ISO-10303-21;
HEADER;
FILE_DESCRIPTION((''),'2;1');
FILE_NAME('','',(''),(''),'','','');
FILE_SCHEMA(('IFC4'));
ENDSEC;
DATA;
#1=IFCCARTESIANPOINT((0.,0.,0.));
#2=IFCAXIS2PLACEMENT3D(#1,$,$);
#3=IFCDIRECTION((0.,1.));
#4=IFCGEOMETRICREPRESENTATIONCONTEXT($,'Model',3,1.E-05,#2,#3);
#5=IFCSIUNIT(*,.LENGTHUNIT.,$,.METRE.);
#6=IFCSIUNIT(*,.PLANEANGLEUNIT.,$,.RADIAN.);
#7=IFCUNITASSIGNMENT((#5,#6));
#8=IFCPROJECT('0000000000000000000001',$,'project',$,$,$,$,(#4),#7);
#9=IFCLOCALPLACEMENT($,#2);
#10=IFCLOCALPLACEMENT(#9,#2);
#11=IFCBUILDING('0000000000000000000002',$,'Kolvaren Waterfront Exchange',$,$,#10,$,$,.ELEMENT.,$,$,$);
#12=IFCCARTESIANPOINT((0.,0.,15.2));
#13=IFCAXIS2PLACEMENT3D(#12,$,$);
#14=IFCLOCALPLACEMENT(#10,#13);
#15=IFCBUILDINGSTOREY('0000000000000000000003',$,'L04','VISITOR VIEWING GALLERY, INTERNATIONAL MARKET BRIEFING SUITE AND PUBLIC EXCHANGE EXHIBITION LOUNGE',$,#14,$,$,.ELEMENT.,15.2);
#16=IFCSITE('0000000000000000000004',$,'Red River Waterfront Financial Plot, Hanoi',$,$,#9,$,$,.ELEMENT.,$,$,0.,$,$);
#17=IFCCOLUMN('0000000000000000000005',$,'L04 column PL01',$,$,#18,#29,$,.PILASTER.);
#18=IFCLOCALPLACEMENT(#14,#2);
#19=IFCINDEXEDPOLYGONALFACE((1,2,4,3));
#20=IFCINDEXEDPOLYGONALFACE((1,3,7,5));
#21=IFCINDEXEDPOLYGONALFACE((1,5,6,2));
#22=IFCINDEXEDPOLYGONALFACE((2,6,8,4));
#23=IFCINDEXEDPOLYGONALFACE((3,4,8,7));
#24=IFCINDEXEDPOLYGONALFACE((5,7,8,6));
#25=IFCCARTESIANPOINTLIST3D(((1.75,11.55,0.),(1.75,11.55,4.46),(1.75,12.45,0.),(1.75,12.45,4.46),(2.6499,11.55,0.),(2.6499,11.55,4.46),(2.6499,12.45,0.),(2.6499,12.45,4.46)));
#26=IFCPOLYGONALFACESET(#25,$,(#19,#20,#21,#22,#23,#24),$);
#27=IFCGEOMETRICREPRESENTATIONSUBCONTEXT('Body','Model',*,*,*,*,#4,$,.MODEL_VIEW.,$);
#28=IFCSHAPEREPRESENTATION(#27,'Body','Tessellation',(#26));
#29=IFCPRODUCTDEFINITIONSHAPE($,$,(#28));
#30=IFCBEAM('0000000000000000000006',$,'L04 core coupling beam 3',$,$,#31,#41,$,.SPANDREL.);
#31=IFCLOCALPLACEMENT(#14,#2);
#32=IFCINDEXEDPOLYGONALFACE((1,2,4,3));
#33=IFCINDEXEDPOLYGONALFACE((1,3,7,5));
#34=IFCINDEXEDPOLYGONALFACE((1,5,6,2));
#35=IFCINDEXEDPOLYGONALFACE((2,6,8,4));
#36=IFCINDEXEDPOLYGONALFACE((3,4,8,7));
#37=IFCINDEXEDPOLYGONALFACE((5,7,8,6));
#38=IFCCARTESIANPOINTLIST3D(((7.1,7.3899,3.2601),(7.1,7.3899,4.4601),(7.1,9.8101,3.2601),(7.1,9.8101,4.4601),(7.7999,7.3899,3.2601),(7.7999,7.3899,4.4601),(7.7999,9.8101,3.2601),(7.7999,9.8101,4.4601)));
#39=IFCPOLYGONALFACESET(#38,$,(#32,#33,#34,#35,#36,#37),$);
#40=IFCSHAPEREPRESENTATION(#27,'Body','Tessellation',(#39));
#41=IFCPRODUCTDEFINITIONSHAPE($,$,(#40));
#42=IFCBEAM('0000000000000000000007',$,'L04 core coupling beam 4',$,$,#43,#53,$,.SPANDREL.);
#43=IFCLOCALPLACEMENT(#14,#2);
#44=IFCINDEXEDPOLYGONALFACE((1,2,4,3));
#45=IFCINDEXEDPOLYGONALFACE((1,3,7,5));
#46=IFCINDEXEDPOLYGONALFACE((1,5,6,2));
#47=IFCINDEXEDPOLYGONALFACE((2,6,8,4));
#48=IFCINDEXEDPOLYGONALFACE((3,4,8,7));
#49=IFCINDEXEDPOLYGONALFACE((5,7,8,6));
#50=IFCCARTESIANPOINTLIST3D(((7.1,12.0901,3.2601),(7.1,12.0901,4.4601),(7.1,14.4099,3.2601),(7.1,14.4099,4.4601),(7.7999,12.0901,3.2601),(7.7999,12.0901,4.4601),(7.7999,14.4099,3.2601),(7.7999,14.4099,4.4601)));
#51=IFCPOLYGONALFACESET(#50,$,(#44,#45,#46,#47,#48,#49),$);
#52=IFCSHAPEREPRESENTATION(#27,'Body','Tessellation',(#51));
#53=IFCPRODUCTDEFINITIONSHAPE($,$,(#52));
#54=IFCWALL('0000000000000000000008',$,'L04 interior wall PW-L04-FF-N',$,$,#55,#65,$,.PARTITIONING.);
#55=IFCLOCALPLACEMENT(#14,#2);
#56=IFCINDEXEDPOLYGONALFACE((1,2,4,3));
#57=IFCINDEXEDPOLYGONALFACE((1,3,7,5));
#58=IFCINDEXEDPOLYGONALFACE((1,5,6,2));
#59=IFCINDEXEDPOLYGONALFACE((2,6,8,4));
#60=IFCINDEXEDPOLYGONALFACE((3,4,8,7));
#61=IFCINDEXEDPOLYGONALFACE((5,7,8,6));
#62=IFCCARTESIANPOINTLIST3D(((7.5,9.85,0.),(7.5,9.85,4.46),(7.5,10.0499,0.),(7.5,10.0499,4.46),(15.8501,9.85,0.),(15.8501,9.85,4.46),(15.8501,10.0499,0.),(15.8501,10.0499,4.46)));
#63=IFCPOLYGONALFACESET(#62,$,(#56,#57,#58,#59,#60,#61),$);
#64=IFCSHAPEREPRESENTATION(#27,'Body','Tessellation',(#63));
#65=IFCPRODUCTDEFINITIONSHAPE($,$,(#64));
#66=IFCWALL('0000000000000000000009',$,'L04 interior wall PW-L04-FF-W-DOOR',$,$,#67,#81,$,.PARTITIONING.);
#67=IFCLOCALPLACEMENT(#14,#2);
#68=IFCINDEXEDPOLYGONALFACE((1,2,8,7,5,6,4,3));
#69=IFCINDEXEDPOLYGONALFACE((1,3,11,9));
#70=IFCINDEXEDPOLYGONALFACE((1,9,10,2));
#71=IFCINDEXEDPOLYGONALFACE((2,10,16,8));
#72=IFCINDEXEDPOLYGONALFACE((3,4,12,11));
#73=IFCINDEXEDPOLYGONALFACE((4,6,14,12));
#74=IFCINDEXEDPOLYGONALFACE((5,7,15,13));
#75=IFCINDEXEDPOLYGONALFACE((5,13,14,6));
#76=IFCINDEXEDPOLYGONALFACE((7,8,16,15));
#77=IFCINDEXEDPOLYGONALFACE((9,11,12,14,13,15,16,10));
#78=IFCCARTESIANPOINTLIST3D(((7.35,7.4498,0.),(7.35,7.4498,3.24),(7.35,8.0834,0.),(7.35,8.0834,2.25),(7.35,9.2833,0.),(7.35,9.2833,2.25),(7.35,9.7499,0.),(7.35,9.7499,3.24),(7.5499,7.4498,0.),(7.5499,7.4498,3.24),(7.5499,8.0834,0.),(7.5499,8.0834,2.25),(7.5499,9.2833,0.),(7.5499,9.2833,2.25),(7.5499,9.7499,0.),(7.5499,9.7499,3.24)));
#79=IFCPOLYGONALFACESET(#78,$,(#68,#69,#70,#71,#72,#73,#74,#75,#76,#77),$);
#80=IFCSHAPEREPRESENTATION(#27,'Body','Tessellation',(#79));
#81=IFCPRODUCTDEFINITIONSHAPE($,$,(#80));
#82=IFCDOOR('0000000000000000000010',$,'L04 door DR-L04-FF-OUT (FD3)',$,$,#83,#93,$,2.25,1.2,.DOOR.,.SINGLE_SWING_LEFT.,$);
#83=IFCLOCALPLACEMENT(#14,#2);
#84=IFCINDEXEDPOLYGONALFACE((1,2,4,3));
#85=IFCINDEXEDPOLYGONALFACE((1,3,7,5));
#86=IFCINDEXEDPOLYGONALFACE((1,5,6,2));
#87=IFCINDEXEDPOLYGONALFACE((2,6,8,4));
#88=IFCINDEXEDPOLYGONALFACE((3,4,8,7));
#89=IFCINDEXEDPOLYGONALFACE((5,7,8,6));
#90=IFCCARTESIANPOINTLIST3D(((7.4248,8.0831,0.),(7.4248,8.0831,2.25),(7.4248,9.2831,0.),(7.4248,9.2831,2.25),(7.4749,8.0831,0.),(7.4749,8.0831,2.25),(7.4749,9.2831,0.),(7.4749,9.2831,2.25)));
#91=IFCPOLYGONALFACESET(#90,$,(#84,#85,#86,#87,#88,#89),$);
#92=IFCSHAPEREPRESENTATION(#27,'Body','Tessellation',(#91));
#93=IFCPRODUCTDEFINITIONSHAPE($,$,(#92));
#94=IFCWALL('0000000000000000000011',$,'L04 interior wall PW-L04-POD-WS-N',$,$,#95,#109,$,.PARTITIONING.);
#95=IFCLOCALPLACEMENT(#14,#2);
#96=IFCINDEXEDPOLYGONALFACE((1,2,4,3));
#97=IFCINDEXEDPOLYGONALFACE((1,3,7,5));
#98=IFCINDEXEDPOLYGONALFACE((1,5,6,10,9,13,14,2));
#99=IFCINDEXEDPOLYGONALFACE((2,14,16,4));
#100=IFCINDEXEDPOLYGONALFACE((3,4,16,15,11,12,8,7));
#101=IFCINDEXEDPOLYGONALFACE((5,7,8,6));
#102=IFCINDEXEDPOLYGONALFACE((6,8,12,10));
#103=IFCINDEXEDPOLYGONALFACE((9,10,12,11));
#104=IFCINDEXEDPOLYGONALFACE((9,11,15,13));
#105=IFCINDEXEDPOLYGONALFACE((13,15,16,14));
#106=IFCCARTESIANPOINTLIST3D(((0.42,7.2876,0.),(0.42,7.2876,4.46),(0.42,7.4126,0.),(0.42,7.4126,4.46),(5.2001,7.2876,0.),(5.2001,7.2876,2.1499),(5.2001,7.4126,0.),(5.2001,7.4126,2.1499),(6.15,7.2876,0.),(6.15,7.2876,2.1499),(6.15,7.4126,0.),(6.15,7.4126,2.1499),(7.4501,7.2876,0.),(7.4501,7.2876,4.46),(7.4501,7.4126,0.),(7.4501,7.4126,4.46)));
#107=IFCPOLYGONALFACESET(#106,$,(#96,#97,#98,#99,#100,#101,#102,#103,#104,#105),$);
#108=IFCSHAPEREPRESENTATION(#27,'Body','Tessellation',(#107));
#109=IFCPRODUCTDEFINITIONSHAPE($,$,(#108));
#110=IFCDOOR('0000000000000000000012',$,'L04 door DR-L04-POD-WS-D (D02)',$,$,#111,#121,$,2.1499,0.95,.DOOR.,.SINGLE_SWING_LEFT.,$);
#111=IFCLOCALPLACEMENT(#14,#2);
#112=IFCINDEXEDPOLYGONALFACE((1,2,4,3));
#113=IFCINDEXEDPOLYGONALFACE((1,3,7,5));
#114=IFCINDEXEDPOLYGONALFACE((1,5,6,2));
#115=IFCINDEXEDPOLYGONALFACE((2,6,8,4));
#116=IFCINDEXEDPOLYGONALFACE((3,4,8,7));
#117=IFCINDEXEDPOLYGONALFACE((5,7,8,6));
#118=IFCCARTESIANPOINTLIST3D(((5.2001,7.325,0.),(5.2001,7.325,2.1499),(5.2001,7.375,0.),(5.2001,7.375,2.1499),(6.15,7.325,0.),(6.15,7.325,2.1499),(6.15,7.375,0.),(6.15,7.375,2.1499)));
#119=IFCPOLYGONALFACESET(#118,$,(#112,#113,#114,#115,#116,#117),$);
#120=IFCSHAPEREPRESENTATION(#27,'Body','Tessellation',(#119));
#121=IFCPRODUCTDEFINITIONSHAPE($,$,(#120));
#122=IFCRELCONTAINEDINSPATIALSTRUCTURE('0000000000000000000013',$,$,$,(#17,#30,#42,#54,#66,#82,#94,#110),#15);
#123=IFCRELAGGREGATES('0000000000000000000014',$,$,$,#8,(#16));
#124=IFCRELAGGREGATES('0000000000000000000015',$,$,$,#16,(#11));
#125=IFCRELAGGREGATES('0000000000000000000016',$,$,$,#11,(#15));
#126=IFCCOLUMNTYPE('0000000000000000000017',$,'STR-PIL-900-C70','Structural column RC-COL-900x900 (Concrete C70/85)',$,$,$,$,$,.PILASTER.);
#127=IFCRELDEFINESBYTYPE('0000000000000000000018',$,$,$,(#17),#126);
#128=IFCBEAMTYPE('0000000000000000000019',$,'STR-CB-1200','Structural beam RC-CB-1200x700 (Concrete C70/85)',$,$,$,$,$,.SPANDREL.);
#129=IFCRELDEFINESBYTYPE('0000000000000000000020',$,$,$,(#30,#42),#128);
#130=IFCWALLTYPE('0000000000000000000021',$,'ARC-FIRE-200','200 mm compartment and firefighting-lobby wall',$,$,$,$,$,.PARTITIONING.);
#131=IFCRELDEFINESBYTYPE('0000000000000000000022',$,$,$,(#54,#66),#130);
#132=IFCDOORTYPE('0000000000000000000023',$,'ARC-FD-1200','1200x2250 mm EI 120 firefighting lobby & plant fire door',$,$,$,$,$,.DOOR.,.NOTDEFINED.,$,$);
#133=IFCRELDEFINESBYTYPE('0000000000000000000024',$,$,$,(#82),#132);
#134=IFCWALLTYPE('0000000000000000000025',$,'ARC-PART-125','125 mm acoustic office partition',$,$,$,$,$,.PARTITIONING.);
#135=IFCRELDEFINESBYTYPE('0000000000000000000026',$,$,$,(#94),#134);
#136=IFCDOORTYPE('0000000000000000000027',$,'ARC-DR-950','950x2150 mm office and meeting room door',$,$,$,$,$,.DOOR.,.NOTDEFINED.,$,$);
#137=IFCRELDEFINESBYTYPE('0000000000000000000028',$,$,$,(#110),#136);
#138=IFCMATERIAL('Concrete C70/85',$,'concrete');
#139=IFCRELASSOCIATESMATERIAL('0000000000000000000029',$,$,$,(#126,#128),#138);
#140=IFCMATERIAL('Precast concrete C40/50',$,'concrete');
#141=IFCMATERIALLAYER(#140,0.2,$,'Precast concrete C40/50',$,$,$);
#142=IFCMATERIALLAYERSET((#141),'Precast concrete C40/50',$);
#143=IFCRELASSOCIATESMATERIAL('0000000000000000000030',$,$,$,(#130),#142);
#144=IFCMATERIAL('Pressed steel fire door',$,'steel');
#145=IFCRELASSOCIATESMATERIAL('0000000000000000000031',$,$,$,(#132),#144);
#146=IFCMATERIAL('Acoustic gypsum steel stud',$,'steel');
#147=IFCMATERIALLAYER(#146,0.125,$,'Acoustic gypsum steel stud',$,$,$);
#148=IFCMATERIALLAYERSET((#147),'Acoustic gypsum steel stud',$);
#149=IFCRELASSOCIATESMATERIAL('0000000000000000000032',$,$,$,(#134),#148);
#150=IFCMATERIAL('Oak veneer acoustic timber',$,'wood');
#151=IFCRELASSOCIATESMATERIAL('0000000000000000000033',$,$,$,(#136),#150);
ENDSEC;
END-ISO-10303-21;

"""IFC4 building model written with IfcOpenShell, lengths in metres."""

from ifc_helpers import new_model, si_unit, direction, frame, frame_2d, origin, origin_2d, place, context, subcontext, project, spatial, rectangle, extrude, material, layer, layer_set, material_profile, profile_set, type_object, element, fill, save


model = new_model("IFC4")

# Units and contexts
model_context = context("Model", 3, precision=1e-05, world=origin(), true_north=direction((0.0, 1.0)))
body_context = subcontext(model_context, "Body", "Model", "MODEL_VIEW")
ifc_project = project(units=[si_unit("LENGTHUNIT", "METRE"), si_unit("PLANEANGLEUNIT", "RADIAN")], contexts=[model_context])

# Site, building, storey
site_placement = place(None, origin())
site = spatial("IfcSite", under=ifc_project, at=site_placement, Name="Red River Waterfront Financial Plot, Hanoi", CompositionType="ELEMENT", RefElevation=0.0)
building_placement = place(site_placement, origin())
building = spatial("IfcBuilding", under=site, at=building_placement, Name="Kolvaren Waterfront Exchange", CompositionType="ELEMENT")
storey_placement = place(building_placement, frame((0.0, 0.0, 15.2)))
storey = spatial("IfcBuildingStorey", under=building, at=storey_placement, Name="L04", Description="VISITOR VIEWING GALLERY, INTERNATIONAL MARKET BRIEFING SUITE AND PUBLIC EXCHANGE EXHIBITION LOUNGE", CompositionType="ELEMENT", Elevation=15.2)

# Column
ifc_material_1 = material(Name="Concrete C70/85", Category="concrete")
ifc_material_profile_1 = material_profile(ifc_material_1, rectangle(XDim=0.8999, YDim=0.8999, at=origin_2d()), Name="RC-COL-900x900")
ifc_profile_set_1 = profile_set([ifc_material_profile_1], Name="Concrete C70/85")
column_type = type_object("IfcColumnType", Name="STR-PIL-900-C70", Description="Structural column RC-COL-900x900 (Concrete C70/85)", PredefinedType="PILASTER", material=ifc_profile_set_1)
column_placement = place(storey_placement, frame((2.2, 12.0, 0.0), z_axis=(0.0, 0.0, 1.0), x_axis=(1.0, 0.0, 0.0)))
element("IfcColumn", 1, at=column_placement, inside=storey, type_object=column_type, Name="L04 column PL01", PredefinedType="PILASTER", context=body_context, shape_type="SweptSolid", body=[
    extrude(rectangle(XDim=0.8999, YDim=0.8999, at=origin_2d()), origin(), (0.0, 0.0, 1.0), 4.46),
])

# Beams
ifc_material_profile_2 = material_profile(ifc_material_1, rectangle(XDim=0.7, YDim=1.2, at=origin_2d()), Name="RC-CB-1200x700")
ifc_profile_set_2 = profile_set([ifc_material_profile_2], Name="Concrete C70/85")
beam_type = type_object("IfcBeamType", Name="STR-CB-1200", Description="Structural beam RC-CB-1200x700 (Concrete C70/85)", PredefinedType="SPANDREL", material=ifc_profile_set_2)
beam_1_placement = place(storey_placement, frame((7.45, 7.3899, 3.8601), z_axis=(0.0, 1.0, 0.0), x_axis=(-1.0, 0.0, 0.0)))
element("IfcBeam", 2, at=beam_1_placement, inside=storey, type_object=beam_type, Name="L04 core coupling beam 3", PredefinedType="SPANDREL", context=body_context, shape_type="SweptSolid", body=[
    extrude(rectangle(XDim=0.7, YDim=1.2, at=origin_2d()), origin(), (0.0, 0.0, 1.0), 2.4202),
])
beam_2_placement = place(storey_placement, frame((7.45, 12.0901, 3.8601), z_axis=(0.0, 1.0, 0.0), x_axis=(-1.0, 0.0, 0.0)))
element("IfcBeam", 3, at=beam_2_placement, inside=storey, type_object=beam_type, Name="L04 core coupling beam 4", PredefinedType="SPANDREL", context=body_context, shape_type="SweptSolid", body=[
    extrude(rectangle(XDim=0.7, YDim=1.2, at=origin_2d()), origin(), (0.0, 0.0, 1.0), 2.3198),
])

# Wall
ifc_material_2 = material(Name="Precast concrete C40/50", Category="concrete")
ifc_layer_1 = layer(ifc_material_2, 0.2, Name="Precast concrete C40/50")
ifc_layer_set_1 = layer_set([ifc_layer_1], Name="Precast concrete C40/50")
wall_type_1 = type_object("IfcWallType", Name="ARC-FIRE-200", Description="200 mm compartment and firefighting-lobby wall", PredefinedType="PARTITIONING", material=ifc_layer_set_1)
wall_1_placement = place(storey_placement, frame((7.5, 9.95, 0.0), z_axis=(0.0, 0.0, 1.0), x_axis=(1.0, 0.0, 0.0)))
element("IfcWall", 4, at=wall_1_placement, inside=storey, type_object=wall_type_1, Name="L04 interior wall PW-L04-FF-N", PredefinedType="PARTITIONING", context=body_context, shape_type="SweptSolid", body=[
    extrude(rectangle(XDim=8.3501, YDim=0.2, at=frame_2d((4.175, 0.0))), origin(), (0.0, 0.0, 1.0), 4.46),
])

# Walls, openings, doors
wall_2_placement = place(storey_placement, frame((7.45, 7.45, 0.0), z_axis=(0.0, 0.0, 1.0), x_axis=(0.0, 1.0, 0.0)))
wall_2 = element("IfcWall", 5, at=wall_2_placement, inside=storey, type_object=wall_type_1, Name="L04 interior wall PW-L04-FF-W-DOOR", PredefinedType="PARTITIONING", context=body_context, shape_type="SweptSolid", body=[
    extrude(rectangle(XDim=2.3, YDim=0.2, at=frame_2d((1.1499, 0.0))), origin(), (0.0, 0.0, 1.0), 3.24),
])
opening_1_placement = place(wall_2_placement, frame((0.6333, 0.0, 0.0)))
opening_1 = element("IfcOpeningElement", 6, at=opening_1_placement, cuts=wall_2, PredefinedType="OPENING", context=body_context, shape_type="SweptSolid", body=[
    extrude(rectangle(XDim=1.2, YDim=2.25, at=frame_2d((0.6001, 1.125))), frame((0.0, 0.1099, 0.0), z_axis=(0.0, -1.0, 0.0), x_axis=(1.0, 0.0, 0.0)), (0.0, 0.0, 1.0), 0.22),
])
ifc_material_3 = material(Name="Pressed steel fire door", Category="steel")
door_type_1 = type_object("IfcDoorType", Name="ARC-FD-1200", Description="1200x2250 mm EI 120 firefighting lobby & plant fire door", OperationType="NOTDEFINED", PredefinedType="DOOR", material=ifc_material_3)
door_1_placement = place(opening_1_placement, frame((1.2, 0.0, 0.0), z_axis=(0.0, 0.0, 1.0), x_axis=(-1.0, 0.0, 0.0)))
door_1 = element("IfcDoor", 7, at=door_1_placement, inside=storey, type_object=door_type_1, Name="L04 door DR-L04-FF-OUT (FD3)", OperationType="SINGLE_SWING_LEFT", OverallHeight=2.25, OverallWidth=1.2, PredefinedType="DOOR", context=body_context, shape_type="SweptSolid", body=[
    extrude(rectangle(XDim=1.2, YDim=2.25, at=frame_2d((0.6001, 1.125))), frame((0.0, 0.0249, 0.0), z_axis=(0.0, -1.0, 0.0), x_axis=(1.0, 0.0, 0.0)), (0.0, 0.0, 1.0), 0.05),
])
fill(opening_1, door_1)
ifc_material_4 = material(Name="Acoustic gypsum steel stud", Category="steel")
ifc_layer_2 = layer(ifc_material_4, 0.125, Name="Acoustic gypsum steel stud")
ifc_layer_set_2 = layer_set([ifc_layer_2], Name="Acoustic gypsum steel stud")
wall_type_2 = type_object("IfcWallType", Name="ARC-PART-125", Description="125 mm acoustic office partition", PredefinedType="PARTITIONING", material=ifc_layer_set_2)
wall_3_placement = place(storey_placement, frame((0.4199, 7.3501, 0.0), z_axis=(0.0, 0.0, 1.0), x_axis=(1.0, 0.0, 0.0)))
wall_3 = element("IfcWall", 8, at=wall_3_placement, inside=storey, type_object=wall_type_2, Name="L04 interior wall PW-L04-POD-WS-N", PredefinedType="PARTITIONING", context=body_context, shape_type="SweptSolid", body=[
    extrude(rectangle(XDim=7.03, YDim=0.125, at=frame_2d((3.5151, 0.0))), origin(), (0.0, 0.0, 1.0), 4.46),
])
opening_2_placement = place(wall_3_placement, frame((4.78, 0.0, 0.0)))
opening_2 = element("IfcOpeningElement", 9, at=opening_2_placement, cuts=wall_3, PredefinedType="OPENING", context=body_context, shape_type="SweptSolid", body=[
    extrude(rectangle(XDim=0.95, YDim=2.1499, at=frame_2d((0.4751, 1.075))), frame((0.0, 0.0725, 0.0), z_axis=(0.0, -1.0, 0.0), x_axis=(1.0, 0.0, 0.0)), (0.0, 0.0, 1.0), 0.145),
])
ifc_material_5 = material(Name="Oak veneer acoustic timber", Category="wood")
door_type_2 = type_object("IfcDoorType", Name="ARC-DR-950", Description="950x2150 mm office and meeting room door", OperationType="NOTDEFINED", PredefinedType="DOOR", material=ifc_material_5)
door_2_placement = place(opening_2_placement, origin())
door_2 = element("IfcDoor", 10, at=door_2_placement, inside=storey, type_object=door_type_2, Name="L04 door DR-L04-POD-WS-D (D02)", OperationType="SINGLE_SWING_LEFT", OverallHeight=2.1499, OverallWidth=0.95, PredefinedType="DOOR", context=body_context, shape_type="SweptSolid", body=[
    extrude(rectangle(XDim=0.95, YDim=2.1499, at=frame_2d((0.4751, 1.075))), frame((0.0, 0.0249, 0.0), z_axis=(0.0, -1.0, 0.0), x_axis=(1.0, 0.0, 0.0)), (0.0, 0.0, 1.0), 0.05),
])
fill(opening_2, door_2)

save(model, "model.ifc")
